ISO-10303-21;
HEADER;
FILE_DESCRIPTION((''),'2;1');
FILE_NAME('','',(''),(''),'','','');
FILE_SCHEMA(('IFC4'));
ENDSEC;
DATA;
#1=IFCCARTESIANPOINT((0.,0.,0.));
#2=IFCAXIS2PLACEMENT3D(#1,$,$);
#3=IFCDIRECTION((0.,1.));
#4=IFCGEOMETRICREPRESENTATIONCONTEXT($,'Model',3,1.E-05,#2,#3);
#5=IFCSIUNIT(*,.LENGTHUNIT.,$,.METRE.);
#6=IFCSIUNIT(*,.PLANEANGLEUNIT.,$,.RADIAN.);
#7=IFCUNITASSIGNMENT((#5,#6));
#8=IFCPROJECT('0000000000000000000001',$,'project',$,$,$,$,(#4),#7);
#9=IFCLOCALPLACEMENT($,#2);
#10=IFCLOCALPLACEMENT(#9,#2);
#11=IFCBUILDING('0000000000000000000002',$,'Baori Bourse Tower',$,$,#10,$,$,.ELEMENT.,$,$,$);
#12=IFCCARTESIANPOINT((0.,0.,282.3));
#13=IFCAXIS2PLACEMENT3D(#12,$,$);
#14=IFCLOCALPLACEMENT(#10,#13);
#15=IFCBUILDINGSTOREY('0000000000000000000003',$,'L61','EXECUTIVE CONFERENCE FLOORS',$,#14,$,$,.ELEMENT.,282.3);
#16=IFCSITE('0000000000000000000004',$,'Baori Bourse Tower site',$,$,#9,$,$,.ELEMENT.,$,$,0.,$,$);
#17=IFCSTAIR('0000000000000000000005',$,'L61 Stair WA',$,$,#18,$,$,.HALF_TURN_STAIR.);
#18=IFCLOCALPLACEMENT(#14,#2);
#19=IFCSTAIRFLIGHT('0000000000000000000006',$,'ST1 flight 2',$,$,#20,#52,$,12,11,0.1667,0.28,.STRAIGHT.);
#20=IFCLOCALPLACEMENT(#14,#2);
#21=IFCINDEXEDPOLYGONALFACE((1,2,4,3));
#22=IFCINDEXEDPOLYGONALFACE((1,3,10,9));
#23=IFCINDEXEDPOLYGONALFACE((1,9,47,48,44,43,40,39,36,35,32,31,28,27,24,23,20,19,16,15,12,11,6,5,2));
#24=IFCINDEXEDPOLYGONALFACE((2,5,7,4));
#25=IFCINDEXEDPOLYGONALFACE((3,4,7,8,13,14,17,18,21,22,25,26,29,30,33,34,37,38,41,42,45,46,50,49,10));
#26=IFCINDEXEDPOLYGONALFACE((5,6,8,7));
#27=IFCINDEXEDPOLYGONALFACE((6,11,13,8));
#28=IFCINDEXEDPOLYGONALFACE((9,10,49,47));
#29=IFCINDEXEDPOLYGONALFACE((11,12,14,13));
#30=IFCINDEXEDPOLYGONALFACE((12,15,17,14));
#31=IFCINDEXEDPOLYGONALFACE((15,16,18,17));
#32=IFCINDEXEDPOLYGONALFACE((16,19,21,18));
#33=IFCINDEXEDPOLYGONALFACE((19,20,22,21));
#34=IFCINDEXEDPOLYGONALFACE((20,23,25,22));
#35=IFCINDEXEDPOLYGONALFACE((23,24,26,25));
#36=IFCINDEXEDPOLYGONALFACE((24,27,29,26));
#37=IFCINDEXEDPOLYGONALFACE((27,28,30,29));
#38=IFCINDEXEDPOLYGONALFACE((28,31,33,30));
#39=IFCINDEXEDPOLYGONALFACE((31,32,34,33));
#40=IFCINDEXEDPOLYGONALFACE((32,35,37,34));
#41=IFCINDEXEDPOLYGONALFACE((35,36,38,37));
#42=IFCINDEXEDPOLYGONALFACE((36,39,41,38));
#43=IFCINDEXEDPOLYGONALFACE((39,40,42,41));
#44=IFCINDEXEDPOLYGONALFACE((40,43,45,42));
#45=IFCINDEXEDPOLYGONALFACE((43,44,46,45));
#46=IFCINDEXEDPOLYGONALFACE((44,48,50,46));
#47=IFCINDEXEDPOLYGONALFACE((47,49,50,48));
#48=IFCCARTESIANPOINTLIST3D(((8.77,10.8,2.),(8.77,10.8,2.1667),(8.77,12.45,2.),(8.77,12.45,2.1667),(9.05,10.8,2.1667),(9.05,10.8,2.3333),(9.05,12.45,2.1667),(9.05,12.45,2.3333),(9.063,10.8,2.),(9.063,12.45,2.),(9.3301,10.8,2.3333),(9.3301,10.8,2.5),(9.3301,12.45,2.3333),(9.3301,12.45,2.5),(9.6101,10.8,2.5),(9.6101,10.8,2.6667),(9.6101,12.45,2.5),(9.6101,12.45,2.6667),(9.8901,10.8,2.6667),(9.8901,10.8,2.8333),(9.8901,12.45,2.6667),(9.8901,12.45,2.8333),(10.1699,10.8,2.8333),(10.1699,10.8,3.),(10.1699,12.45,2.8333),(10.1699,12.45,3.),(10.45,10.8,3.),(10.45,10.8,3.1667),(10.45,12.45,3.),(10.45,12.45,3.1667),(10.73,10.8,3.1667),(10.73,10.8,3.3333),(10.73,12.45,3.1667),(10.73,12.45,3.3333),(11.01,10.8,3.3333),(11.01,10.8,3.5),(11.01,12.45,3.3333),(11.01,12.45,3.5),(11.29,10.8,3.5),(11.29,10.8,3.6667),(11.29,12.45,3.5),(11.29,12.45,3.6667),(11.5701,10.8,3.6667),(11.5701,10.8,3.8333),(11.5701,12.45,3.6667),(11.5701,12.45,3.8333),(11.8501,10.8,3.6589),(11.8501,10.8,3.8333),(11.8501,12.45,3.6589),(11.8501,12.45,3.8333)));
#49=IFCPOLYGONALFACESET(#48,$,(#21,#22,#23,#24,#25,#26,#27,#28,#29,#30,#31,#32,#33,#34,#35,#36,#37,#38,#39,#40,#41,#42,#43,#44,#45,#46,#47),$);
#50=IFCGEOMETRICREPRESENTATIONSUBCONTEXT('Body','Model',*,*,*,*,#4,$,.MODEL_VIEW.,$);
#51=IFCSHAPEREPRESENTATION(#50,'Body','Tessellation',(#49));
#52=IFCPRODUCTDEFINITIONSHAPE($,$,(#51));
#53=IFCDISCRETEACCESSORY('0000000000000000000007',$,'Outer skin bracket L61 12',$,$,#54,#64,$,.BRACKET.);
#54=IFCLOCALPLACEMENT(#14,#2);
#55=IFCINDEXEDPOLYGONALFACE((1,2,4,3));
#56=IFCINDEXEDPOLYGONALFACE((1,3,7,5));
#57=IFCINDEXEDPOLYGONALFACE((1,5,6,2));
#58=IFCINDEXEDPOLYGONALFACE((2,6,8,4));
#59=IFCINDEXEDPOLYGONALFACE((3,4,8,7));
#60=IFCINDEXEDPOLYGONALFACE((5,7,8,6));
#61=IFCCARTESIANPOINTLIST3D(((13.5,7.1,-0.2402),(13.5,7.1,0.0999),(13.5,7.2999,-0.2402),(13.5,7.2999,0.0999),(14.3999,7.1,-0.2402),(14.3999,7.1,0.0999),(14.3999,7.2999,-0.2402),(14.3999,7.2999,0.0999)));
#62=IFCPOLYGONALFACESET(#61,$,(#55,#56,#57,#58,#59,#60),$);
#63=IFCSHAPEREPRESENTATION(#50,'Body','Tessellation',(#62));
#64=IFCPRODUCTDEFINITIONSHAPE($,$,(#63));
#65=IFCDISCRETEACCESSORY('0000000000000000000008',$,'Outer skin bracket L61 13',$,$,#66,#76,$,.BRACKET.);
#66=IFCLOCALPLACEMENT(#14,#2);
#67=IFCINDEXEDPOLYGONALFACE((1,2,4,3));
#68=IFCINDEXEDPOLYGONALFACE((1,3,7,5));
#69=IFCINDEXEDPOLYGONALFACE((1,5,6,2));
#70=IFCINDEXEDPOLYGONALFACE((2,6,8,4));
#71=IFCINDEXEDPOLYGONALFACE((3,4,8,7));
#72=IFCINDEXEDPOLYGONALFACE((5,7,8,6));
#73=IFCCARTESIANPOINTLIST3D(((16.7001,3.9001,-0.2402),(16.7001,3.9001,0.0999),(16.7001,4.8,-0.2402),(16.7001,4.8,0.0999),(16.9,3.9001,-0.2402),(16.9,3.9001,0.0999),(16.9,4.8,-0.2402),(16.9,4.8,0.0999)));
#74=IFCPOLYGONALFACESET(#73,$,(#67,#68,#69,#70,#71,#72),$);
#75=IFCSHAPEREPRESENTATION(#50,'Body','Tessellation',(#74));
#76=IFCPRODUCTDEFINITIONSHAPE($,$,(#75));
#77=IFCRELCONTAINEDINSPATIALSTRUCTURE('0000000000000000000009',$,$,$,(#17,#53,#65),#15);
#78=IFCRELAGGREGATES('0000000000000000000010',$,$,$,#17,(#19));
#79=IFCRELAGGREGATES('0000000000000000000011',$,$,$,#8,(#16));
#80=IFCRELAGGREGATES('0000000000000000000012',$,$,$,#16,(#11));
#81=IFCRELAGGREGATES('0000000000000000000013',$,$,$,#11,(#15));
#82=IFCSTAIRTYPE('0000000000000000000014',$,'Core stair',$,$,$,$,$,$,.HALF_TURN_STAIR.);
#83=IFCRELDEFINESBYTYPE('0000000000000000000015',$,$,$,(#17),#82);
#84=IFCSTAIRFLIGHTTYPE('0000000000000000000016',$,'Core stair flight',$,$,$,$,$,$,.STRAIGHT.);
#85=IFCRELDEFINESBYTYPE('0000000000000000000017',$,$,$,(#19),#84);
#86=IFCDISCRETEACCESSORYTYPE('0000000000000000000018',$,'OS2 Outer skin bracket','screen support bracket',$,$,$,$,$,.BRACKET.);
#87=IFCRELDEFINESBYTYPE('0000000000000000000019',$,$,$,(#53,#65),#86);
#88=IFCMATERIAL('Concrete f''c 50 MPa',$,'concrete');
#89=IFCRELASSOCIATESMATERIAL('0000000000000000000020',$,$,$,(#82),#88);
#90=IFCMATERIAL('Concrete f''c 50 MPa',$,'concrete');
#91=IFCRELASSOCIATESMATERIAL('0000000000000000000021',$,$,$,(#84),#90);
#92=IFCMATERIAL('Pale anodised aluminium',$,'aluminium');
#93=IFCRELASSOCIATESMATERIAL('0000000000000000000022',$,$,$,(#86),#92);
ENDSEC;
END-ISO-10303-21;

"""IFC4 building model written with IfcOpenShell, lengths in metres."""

from ifc_helpers import new_model, si_unit, direction, frame, origin, origin_2d, place, context, subcontext, project, spatial, polyline, rectangle, outline, extrude, material, type_object, element, aggregate, save


model = new_model("IFC4")

# Units and contexts
model_context = context("Model", 3, precision=1e-05, world=origin(), true_north=direction((0.0, 1.0)))
body_context = subcontext(model_context, "Body", "Model", "MODEL_VIEW")
ifc_project = project(units=[si_unit("LENGTHUNIT", "METRE"), si_unit("PLANEANGLEUNIT", "RADIAN")], contexts=[model_context])

# Site, building, storey
site_placement = place(None, origin())
site = spatial("IfcSite", under=ifc_project, at=site_placement, Name="Baori Bourse Tower site", CompositionType="ELEMENT", RefElevation=0.0)
building_placement = place(site_placement, origin())
building = spatial("IfcBuilding", under=site, at=building_placement, Name="Baori Bourse Tower", CompositionType="ELEMENT")
storey_placement = place(building_placement, frame((0.0, 0.0, 282.3)))
storey = spatial("IfcBuildingStorey", under=building, at=storey_placement, Name="L61", Description="EXECUTIVE CONFERENCE FLOORS", CompositionType="ELEMENT", Elevation=282.3)

# Stair, stair flight
ifc_material_1 = material(Name="Concrete f'c 50 MPa", Category="concrete")
stair_type = type_object("IfcStairType", Name="Core stair", PredefinedType="HALF_TURN_STAIR", material=ifc_material_1)
stair_placement = place(storey_placement, origin())
stair = element("IfcStair", 1, at=stair_placement, inside=storey, type_object=stair_type, Name="L61 Stair WA", PredefinedType="HALF_TURN_STAIR")
ifc_material_2 = material(Name="Concrete f'c 50 MPa", Category="concrete")
stair_flight_type = type_object("IfcStairFlightType", Name="Core stair flight", PredefinedType="STRAIGHT", material=ifc_material_2)
stair_flight_1_placement = place(storey_placement, frame((8.77, 11.625, 2.0), z_axis=(0.0, 0.0, 1.0), x_axis=(1.0, 0.0, 0.0)))
stair_flight_1 = element("IfcStairFlight", 2, at=stair_flight_1_placement, type_object=stair_flight_type, Name="ST1 flight 2", NumberOfRisers=12, NumberOfTreads=11, PredefinedType="STRAIGHT", RiserHeight=0.1667, TreadLength=0.28, context=body_context, shape_type="SweptSolid", body=[
    extrude(outline(polyline([(0.0, 0.0), (0.0, 0.1667), (0.28, 0.1667), (0.28, 0.3333), (0.5601, 0.3333), (0.5601, 0.5), (0.8401, 0.5), (0.8401, 0.6667), (1.1201, 0.6667), (1.1201, 0.8333), (1.3999, 0.8333), (1.3999, 1.0), (1.6799, 1.0), (1.6799, 1.1667), (1.96, 1.1667), (1.96, 1.3333), (2.24, 1.3333), (2.24, 1.5), (2.52, 1.5), (2.52, 1.6667), (2.8, 1.6667), (2.8, 1.8333), (3.0801, 1.8333), (3.0801, 2.0), (3.0801, 1.6589), (0.293, 0.0), (0.0, 0.0)])), frame((0.0, 0.825, 0.0), z_axis=(0.0, -1.0, 0.0), x_axis=(1.0, 0.0, 0.0)), (0.0, 0.0, 1.0), 1.6499),
])
aggregate(stair, [stair_flight_1])

# Discrete accessories
ifc_material_3 = material(Name="Pale anodised aluminium", Category="aluminium")
discrete_accessory_type = type_object("IfcDiscreteAccessoryType", Name="OS2 Outer skin bracket", Description="screen support bracket", PredefinedType="BRACKET", material=ifc_material_3)
for number, where, z_axis, x_axis, name in (
    (3, (13.95, 7.2, -0.2402), (0.0, 0.0, 1.0), (0.0, -1.0, 0.0), "Outer skin bracket L61 12"),
    (4, (16.8, 4.3501, -0.2402), (0.0, 0.0, 1.0), (1.0, 0.0, 0.0), "Outer skin bracket L61 13"),
):
    element("IfcDiscreteAccessory", number, at=place(storey_placement, frame(where, z_axis=z_axis, x_axis=x_axis)), inside=storey, type_object=discrete_accessory_type, Name=name, PredefinedType="BRACKET", context=body_context, shape_type="SweptSolid", body=[
        extrude(rectangle(XDim=0.2, YDim=0.8999, at=origin_2d()), origin(), (0.0, 0.0, 1.0), 0.3401),
    ])

save(model, "model.ifc")
